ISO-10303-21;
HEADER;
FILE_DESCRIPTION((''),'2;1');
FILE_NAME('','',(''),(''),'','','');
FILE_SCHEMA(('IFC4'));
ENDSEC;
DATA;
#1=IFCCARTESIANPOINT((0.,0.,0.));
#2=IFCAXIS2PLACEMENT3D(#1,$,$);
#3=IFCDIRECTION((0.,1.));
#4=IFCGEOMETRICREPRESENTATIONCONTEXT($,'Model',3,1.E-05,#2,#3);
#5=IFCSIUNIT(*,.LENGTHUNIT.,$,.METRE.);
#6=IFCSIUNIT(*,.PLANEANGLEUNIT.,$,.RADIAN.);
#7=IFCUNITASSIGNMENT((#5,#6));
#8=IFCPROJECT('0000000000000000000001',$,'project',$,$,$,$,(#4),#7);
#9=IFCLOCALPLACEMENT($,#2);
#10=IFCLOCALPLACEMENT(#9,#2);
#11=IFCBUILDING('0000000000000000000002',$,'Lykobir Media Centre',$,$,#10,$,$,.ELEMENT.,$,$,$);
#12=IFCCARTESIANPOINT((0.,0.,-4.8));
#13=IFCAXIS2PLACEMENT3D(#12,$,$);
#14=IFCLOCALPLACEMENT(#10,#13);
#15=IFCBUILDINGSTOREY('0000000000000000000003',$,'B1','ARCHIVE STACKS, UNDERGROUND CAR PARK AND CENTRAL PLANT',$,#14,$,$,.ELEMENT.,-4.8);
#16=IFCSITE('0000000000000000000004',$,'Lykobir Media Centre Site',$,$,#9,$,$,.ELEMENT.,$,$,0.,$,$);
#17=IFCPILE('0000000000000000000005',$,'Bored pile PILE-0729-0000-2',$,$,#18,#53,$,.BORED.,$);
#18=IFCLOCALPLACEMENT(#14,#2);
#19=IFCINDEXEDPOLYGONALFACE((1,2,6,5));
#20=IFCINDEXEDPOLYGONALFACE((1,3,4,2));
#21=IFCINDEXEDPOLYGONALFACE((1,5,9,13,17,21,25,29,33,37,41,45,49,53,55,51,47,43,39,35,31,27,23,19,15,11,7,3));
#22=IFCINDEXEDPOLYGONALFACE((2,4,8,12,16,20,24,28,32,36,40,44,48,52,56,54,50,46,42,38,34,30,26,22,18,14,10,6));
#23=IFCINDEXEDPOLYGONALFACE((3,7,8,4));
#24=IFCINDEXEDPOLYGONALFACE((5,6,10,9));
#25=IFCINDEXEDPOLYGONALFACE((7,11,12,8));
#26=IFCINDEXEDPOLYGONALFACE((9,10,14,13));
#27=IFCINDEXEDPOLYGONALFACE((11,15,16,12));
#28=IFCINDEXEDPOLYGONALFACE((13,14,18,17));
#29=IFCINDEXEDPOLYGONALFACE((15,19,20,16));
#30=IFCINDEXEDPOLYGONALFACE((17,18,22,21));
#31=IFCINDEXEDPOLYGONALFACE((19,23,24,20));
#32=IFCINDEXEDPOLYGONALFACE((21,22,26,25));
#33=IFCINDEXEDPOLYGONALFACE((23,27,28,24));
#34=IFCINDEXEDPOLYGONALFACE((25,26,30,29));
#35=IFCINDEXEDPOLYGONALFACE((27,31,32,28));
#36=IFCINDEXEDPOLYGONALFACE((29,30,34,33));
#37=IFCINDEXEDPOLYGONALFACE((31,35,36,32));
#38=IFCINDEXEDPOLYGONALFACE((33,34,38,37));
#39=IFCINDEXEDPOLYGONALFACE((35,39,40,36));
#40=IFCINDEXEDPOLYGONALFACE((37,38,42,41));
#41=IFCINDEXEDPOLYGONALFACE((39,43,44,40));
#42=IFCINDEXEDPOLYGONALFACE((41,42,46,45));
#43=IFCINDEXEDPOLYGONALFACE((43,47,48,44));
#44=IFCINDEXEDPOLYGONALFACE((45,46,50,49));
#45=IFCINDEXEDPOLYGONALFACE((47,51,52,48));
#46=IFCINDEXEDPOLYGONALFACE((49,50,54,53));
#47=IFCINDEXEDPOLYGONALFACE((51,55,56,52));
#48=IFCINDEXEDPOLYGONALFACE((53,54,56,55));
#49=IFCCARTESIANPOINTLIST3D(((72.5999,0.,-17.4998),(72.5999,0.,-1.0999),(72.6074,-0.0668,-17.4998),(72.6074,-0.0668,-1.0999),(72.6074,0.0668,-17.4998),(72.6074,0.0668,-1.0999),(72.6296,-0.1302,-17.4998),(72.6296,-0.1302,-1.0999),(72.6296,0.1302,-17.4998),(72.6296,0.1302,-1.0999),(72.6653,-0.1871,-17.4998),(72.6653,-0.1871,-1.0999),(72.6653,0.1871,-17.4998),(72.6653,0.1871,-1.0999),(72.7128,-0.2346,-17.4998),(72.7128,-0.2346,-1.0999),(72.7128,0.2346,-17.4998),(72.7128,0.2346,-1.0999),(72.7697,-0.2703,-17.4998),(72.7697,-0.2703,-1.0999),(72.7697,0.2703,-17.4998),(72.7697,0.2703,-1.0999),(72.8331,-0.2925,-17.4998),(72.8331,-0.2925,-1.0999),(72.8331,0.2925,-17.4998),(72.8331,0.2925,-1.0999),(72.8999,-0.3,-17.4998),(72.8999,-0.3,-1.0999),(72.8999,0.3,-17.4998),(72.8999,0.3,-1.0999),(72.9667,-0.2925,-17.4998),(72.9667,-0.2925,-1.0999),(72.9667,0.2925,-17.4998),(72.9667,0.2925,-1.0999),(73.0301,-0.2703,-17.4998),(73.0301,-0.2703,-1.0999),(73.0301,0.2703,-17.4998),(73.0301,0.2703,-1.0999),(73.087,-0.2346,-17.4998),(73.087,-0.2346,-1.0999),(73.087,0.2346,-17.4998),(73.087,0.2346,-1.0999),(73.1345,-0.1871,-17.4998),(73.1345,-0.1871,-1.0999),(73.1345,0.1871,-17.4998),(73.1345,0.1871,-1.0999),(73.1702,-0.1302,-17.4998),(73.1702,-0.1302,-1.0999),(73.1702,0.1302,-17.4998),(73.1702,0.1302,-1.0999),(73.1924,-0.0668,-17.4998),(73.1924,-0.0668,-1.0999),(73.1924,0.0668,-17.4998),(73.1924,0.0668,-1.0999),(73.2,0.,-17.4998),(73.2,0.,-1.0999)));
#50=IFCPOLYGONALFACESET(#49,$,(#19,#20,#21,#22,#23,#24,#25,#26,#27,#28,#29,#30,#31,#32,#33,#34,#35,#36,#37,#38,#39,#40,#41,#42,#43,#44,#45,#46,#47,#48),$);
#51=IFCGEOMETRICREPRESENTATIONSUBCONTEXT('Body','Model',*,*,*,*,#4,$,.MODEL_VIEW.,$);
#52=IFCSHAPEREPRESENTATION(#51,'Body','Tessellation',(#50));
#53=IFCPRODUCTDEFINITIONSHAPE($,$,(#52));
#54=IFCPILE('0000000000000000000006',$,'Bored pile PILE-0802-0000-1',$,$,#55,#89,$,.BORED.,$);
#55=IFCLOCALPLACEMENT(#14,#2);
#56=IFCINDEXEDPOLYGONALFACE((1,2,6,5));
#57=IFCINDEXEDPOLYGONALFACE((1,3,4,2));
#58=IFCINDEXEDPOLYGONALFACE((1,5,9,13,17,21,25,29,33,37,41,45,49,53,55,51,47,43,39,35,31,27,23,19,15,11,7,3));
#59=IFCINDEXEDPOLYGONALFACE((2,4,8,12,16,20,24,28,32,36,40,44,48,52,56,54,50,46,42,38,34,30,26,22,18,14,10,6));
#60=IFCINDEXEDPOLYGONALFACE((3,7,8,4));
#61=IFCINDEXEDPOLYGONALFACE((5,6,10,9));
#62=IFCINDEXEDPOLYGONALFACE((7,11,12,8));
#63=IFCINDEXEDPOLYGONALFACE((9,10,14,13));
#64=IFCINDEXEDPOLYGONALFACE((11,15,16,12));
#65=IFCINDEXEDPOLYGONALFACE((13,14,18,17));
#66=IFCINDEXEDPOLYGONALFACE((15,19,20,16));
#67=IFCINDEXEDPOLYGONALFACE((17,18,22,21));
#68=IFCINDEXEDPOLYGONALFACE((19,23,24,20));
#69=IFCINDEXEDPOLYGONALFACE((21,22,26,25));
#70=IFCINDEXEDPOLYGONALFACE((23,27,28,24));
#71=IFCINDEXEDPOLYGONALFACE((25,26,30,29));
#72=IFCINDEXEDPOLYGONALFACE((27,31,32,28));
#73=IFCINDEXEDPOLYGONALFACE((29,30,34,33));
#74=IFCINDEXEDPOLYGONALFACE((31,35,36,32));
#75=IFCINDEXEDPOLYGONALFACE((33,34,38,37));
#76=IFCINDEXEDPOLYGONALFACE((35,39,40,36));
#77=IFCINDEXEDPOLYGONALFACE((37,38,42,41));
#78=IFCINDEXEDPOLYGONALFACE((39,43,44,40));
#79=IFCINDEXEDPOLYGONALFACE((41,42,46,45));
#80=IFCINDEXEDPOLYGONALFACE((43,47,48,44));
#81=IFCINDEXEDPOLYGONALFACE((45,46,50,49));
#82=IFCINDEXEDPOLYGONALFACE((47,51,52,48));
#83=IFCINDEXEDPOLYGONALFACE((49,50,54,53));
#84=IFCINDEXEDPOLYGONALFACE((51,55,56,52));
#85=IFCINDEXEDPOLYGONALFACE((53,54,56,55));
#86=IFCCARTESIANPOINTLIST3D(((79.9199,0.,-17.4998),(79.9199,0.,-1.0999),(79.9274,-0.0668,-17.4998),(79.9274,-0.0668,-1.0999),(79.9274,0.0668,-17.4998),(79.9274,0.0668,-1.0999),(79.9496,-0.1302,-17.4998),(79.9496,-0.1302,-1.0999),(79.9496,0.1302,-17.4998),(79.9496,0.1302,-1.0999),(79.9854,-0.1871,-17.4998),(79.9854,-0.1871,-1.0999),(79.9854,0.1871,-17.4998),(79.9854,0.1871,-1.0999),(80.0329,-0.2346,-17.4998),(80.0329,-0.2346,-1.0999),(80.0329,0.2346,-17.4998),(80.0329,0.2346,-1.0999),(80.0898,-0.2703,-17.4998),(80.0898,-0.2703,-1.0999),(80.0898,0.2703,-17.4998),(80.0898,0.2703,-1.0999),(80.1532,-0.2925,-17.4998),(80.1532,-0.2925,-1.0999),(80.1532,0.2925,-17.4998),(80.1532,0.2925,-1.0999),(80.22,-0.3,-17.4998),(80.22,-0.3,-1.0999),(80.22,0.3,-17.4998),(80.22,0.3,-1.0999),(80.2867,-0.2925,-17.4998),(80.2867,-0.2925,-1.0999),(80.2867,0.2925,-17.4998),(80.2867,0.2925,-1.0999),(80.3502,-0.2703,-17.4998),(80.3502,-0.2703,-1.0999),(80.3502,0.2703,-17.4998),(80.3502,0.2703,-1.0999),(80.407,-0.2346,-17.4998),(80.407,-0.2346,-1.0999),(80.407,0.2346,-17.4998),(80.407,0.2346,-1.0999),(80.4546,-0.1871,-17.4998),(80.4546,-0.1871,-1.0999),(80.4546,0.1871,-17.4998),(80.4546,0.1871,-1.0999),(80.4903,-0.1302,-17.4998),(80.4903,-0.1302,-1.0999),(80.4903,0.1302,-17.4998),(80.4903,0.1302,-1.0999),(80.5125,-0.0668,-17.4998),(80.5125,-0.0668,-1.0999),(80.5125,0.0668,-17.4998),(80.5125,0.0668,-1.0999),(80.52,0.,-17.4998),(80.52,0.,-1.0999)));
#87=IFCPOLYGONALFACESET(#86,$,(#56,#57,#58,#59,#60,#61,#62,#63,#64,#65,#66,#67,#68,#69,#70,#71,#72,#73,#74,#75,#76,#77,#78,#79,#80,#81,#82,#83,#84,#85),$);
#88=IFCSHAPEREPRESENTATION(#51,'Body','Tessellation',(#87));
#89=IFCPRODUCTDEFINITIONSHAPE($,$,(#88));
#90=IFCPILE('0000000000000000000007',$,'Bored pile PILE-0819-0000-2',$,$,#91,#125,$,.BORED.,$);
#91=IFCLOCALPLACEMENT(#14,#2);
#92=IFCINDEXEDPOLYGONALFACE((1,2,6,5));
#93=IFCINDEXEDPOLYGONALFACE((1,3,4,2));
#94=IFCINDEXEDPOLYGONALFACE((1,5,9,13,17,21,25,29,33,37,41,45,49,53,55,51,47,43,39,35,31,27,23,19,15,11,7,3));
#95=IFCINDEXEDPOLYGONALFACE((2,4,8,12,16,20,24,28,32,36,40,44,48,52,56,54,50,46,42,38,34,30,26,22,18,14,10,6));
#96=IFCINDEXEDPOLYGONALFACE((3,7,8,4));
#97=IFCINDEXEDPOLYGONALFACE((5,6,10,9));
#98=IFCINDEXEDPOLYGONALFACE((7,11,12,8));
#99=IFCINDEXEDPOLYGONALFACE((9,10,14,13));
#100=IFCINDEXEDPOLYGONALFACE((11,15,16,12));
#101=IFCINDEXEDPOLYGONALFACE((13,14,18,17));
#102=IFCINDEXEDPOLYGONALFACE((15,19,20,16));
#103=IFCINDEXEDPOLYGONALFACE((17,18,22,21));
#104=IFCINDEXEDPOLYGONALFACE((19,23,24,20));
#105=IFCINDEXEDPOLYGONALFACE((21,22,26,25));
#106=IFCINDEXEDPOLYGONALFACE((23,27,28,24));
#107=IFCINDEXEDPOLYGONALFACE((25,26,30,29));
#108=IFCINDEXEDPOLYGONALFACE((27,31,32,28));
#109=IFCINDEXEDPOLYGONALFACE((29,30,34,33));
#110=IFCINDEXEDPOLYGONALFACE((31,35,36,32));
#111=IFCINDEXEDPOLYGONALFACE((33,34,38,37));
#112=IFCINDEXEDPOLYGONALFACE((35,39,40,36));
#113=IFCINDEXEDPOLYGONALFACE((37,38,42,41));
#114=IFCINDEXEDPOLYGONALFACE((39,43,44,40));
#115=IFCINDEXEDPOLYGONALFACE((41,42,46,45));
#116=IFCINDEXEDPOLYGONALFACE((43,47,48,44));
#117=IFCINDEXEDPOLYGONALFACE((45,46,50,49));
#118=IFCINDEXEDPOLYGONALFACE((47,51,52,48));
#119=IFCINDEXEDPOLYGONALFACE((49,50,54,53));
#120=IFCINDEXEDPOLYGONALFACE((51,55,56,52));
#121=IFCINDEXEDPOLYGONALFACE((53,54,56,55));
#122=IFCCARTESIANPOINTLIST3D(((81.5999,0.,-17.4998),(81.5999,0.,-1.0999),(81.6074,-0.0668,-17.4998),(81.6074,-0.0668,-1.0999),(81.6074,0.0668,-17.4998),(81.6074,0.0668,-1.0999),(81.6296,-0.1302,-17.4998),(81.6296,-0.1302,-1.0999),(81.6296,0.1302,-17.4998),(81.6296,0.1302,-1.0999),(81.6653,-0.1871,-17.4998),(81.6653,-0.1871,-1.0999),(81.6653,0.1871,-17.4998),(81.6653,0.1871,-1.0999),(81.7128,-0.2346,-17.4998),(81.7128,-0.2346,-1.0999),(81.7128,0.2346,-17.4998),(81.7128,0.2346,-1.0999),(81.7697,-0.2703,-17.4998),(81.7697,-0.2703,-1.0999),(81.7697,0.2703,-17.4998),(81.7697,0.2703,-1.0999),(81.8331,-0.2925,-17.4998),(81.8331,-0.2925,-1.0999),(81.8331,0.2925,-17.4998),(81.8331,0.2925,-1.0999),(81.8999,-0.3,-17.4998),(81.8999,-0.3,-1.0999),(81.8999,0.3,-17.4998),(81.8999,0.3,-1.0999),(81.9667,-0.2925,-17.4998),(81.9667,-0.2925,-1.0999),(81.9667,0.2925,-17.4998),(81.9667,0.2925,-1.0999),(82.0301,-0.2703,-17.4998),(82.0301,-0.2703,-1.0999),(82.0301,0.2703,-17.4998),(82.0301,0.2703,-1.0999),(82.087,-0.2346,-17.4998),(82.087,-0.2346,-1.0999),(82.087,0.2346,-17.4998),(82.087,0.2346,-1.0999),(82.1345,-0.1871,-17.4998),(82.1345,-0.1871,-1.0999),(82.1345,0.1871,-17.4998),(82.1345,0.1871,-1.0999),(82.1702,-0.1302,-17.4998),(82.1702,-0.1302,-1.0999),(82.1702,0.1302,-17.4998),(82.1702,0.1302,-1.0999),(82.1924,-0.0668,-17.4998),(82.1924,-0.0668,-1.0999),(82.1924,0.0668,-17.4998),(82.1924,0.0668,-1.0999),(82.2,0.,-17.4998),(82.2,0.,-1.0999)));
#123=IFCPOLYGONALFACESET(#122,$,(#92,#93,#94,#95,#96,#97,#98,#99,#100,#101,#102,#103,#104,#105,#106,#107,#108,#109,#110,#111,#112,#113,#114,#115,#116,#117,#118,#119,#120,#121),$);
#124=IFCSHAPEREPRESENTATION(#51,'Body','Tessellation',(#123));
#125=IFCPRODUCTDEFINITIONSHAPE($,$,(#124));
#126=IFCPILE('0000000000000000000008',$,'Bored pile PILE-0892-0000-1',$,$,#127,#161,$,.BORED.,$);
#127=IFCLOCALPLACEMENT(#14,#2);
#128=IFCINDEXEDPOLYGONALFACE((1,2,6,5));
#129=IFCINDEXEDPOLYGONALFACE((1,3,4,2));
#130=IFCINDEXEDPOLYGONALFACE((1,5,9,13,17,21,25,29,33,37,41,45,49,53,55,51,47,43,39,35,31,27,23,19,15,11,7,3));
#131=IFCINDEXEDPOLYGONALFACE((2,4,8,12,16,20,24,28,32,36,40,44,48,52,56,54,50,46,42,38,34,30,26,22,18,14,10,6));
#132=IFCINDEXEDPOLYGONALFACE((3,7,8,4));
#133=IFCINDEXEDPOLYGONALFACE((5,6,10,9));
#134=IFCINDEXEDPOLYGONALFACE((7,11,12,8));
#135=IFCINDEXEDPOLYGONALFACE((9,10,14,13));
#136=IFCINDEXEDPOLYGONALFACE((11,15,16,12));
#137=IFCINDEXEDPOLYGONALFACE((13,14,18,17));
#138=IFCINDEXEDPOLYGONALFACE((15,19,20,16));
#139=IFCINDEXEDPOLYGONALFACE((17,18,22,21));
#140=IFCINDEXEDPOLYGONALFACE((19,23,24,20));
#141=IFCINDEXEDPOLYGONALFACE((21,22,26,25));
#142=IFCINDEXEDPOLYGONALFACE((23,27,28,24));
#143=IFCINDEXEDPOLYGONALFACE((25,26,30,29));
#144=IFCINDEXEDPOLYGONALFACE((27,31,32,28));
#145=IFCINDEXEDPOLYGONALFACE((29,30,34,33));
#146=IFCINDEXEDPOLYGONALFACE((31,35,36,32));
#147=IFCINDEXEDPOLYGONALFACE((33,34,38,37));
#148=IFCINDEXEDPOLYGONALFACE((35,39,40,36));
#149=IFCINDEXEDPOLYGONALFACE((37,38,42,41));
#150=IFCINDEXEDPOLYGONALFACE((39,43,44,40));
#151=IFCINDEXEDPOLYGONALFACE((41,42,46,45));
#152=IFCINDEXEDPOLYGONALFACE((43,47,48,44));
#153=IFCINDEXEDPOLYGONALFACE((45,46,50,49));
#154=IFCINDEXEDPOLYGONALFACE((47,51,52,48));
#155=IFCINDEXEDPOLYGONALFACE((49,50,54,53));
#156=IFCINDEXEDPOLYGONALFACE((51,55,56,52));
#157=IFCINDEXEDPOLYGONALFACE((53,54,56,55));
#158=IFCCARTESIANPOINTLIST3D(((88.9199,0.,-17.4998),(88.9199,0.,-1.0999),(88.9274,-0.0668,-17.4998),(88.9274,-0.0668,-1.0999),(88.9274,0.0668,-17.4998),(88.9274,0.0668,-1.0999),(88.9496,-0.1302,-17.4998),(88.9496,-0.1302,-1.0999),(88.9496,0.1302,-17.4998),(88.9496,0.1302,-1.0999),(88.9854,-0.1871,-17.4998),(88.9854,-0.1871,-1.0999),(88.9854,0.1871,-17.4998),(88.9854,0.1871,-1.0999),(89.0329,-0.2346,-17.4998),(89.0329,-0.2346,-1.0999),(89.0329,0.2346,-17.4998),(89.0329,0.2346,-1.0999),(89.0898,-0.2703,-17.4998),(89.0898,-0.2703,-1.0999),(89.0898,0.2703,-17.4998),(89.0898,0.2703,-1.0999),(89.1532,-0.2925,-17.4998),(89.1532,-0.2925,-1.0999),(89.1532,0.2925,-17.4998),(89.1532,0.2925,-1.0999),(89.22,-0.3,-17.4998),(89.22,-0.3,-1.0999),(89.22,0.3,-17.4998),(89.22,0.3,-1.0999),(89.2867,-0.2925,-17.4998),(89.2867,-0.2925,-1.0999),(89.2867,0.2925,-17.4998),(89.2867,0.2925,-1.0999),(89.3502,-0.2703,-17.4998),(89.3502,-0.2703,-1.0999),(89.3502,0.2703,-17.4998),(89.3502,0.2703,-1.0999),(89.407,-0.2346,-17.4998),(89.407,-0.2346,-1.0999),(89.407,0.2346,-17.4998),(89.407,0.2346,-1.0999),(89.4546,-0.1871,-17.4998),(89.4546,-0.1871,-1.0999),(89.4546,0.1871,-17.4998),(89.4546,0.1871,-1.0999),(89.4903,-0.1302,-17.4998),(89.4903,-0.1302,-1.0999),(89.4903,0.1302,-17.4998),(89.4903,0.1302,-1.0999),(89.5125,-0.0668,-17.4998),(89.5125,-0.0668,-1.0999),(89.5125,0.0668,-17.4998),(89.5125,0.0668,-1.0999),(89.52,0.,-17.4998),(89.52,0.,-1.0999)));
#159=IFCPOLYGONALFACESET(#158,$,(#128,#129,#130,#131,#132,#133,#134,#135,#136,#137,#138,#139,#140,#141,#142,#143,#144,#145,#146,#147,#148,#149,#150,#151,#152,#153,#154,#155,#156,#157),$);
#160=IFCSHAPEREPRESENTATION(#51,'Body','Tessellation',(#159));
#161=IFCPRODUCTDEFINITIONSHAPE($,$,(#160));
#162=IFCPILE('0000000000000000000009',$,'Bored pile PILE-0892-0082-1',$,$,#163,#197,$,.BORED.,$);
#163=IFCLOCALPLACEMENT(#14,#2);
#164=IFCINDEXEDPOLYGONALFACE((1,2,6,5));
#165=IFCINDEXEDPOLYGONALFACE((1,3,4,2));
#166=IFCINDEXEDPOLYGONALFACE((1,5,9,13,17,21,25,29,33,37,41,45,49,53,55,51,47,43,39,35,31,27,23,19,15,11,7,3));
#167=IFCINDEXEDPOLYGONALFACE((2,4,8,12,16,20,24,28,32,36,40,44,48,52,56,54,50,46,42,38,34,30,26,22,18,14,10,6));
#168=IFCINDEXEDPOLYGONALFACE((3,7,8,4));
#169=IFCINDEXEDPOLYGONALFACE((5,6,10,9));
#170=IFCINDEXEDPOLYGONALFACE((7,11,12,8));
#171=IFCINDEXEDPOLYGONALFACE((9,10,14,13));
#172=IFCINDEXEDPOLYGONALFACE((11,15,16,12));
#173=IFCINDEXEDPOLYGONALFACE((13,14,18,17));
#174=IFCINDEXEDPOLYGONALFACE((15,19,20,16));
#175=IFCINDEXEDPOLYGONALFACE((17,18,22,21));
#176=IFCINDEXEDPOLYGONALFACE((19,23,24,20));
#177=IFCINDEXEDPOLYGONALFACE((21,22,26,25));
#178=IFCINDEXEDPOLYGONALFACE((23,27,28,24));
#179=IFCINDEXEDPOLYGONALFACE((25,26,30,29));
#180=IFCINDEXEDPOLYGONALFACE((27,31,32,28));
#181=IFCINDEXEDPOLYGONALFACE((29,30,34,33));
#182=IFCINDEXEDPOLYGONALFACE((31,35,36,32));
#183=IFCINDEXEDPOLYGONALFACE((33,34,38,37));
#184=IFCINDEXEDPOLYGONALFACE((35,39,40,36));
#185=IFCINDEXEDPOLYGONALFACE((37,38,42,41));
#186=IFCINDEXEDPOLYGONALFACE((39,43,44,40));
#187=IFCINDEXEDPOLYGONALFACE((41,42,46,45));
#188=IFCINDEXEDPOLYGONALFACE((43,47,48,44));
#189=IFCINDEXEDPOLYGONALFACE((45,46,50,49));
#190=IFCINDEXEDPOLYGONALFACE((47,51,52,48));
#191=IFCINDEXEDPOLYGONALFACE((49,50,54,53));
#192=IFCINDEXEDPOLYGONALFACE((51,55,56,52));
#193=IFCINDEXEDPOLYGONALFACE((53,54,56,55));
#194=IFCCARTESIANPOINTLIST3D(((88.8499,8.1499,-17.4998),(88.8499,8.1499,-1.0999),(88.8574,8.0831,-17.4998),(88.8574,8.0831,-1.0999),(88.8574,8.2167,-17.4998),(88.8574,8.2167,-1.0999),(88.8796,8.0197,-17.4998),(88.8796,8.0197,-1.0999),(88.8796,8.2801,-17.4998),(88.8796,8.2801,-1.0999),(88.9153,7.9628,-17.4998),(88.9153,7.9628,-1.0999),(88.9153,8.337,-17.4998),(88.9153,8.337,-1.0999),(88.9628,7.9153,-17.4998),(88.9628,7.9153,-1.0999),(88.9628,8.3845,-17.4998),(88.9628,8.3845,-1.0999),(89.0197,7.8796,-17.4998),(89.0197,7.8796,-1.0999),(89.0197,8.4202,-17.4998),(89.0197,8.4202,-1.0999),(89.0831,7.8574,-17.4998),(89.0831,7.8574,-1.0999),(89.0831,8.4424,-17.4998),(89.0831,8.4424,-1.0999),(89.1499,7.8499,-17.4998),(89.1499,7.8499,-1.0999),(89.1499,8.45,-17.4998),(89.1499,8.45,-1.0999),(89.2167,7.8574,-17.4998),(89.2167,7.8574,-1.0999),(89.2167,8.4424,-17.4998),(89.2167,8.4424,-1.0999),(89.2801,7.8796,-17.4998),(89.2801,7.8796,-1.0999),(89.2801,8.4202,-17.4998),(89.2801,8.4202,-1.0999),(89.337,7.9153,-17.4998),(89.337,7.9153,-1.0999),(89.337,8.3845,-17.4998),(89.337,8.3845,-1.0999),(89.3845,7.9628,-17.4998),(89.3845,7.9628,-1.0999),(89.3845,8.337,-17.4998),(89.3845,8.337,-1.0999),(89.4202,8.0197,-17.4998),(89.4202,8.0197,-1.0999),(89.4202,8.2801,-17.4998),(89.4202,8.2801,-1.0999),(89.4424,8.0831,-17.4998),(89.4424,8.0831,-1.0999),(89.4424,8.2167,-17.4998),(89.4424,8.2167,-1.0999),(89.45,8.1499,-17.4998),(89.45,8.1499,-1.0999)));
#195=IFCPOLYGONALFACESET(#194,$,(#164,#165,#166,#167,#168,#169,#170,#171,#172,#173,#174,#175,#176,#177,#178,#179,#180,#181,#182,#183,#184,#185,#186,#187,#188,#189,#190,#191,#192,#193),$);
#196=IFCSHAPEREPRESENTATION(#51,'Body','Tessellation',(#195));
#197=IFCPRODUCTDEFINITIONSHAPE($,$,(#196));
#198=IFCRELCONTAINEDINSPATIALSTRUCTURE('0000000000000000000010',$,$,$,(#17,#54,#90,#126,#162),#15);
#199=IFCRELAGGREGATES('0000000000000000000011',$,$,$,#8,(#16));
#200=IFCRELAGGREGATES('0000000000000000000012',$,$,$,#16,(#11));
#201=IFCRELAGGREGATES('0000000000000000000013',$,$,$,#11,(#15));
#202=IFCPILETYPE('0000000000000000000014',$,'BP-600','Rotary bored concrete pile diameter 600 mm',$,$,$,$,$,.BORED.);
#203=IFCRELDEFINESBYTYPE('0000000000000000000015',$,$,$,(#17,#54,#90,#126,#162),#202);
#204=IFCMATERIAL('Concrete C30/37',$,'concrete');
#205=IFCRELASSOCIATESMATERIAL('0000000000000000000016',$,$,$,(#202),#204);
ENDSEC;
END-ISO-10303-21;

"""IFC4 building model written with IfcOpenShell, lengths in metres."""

from ifc_helpers import new_model, si_unit, direction, frame, origin, origin_2d, place, context, subcontext, project, spatial, circle, extrude, material, material_profile, profile_set, type_object, element, save


model = new_model("IFC4")

# Units and contexts
model_context = context("Model", 3, precision=1e-05, world=origin(), true_north=direction((0.0, 1.0)))
body_context = subcontext(model_context, "Body", "Model", "MODEL_VIEW")
ifc_project = project(units=[si_unit("LENGTHUNIT", "METRE"), si_unit("PLANEANGLEUNIT", "RADIAN")], contexts=[model_context])

# Site, building, storey
site_placement = place(None, origin())
site = spatial("IfcSite", under=ifc_project, at=site_placement, Name="Lykobir Media Centre Site", CompositionType="ELEMENT", RefElevation=0.0)
building_placement = place(site_placement, origin())
building = spatial("IfcBuilding", under=site, at=building_placement, Name="Lykobir Media Centre", CompositionType="ELEMENT")
storey_placement = place(building_placement, frame((0.0, 0.0, -4.8)))
storey = spatial("IfcBuildingStorey", under=building, at=storey_placement, Name="B1", Description="ARCHIVE STACKS, UNDERGROUND CAR PARK AND CENTRAL PLANT", CompositionType="ELEMENT", Elevation=-4.8)

# Piles
ifc_material_1 = material(Name="Concrete C30/37", Category="concrete")
ifc_material_profile_1 = material_profile(ifc_material_1, circle(Radius=0.3, at=origin_2d()), Name="BORED PILE D600")
ifc_profile_set_1 = profile_set([ifc_material_profile_1], Name="Concrete C30/37")
pile_type_1 = type_object("IfcPileType", Name="BP-600", Description="Rotary bored concrete pile diameter 600 mm", PredefinedType="BORED", material=ifc_profile_set_1)
for number, where, z_axis, x_axis, name in (
    (1, (72.8999, 0.0, -1.0999), (0.0, 0.0, -1.0), (1.0, 0.0, 0.0), "Bored pile PILE-0729-0000-2"),
    (2, (80.22, 0.0, -1.0999), (0.0, 0.0, -1.0), (1.0, 0.0, 0.0), "Bored pile PILE-0802-0000-1"),
    (3, (81.8999, 0.0, -1.0999), (0.0, 0.0, -1.0), (1.0, 0.0, 0.0), "Bored pile PILE-0819-0000-2"),
    (4, (89.22, 0.0, -1.0999), (0.0, 0.0, -1.0), (1.0, 0.0, 0.0), "Bored pile PILE-0892-0000-1"),
    (5, (89.1499, 8.1499, -1.0999), (0.0, 0.0, -1.0), (1.0, 0.0, 0.0), "Bored pile PILE-0892-0082-1"),
):
    element("IfcPile", number, at=place(storey_placement, frame(where, z_axis=z_axis, x_axis=x_axis)), inside=storey, type_object=pile_type_1, Name=name, PredefinedType="BORED", context=body_context, shape_type="SweptSolid", body=[
        extrude(circle(Radius=0.3, at=origin_2d()), origin(), (0.0, 0.0, 1.0), 16.3999),
    ])

save(model, "model.ifc")
